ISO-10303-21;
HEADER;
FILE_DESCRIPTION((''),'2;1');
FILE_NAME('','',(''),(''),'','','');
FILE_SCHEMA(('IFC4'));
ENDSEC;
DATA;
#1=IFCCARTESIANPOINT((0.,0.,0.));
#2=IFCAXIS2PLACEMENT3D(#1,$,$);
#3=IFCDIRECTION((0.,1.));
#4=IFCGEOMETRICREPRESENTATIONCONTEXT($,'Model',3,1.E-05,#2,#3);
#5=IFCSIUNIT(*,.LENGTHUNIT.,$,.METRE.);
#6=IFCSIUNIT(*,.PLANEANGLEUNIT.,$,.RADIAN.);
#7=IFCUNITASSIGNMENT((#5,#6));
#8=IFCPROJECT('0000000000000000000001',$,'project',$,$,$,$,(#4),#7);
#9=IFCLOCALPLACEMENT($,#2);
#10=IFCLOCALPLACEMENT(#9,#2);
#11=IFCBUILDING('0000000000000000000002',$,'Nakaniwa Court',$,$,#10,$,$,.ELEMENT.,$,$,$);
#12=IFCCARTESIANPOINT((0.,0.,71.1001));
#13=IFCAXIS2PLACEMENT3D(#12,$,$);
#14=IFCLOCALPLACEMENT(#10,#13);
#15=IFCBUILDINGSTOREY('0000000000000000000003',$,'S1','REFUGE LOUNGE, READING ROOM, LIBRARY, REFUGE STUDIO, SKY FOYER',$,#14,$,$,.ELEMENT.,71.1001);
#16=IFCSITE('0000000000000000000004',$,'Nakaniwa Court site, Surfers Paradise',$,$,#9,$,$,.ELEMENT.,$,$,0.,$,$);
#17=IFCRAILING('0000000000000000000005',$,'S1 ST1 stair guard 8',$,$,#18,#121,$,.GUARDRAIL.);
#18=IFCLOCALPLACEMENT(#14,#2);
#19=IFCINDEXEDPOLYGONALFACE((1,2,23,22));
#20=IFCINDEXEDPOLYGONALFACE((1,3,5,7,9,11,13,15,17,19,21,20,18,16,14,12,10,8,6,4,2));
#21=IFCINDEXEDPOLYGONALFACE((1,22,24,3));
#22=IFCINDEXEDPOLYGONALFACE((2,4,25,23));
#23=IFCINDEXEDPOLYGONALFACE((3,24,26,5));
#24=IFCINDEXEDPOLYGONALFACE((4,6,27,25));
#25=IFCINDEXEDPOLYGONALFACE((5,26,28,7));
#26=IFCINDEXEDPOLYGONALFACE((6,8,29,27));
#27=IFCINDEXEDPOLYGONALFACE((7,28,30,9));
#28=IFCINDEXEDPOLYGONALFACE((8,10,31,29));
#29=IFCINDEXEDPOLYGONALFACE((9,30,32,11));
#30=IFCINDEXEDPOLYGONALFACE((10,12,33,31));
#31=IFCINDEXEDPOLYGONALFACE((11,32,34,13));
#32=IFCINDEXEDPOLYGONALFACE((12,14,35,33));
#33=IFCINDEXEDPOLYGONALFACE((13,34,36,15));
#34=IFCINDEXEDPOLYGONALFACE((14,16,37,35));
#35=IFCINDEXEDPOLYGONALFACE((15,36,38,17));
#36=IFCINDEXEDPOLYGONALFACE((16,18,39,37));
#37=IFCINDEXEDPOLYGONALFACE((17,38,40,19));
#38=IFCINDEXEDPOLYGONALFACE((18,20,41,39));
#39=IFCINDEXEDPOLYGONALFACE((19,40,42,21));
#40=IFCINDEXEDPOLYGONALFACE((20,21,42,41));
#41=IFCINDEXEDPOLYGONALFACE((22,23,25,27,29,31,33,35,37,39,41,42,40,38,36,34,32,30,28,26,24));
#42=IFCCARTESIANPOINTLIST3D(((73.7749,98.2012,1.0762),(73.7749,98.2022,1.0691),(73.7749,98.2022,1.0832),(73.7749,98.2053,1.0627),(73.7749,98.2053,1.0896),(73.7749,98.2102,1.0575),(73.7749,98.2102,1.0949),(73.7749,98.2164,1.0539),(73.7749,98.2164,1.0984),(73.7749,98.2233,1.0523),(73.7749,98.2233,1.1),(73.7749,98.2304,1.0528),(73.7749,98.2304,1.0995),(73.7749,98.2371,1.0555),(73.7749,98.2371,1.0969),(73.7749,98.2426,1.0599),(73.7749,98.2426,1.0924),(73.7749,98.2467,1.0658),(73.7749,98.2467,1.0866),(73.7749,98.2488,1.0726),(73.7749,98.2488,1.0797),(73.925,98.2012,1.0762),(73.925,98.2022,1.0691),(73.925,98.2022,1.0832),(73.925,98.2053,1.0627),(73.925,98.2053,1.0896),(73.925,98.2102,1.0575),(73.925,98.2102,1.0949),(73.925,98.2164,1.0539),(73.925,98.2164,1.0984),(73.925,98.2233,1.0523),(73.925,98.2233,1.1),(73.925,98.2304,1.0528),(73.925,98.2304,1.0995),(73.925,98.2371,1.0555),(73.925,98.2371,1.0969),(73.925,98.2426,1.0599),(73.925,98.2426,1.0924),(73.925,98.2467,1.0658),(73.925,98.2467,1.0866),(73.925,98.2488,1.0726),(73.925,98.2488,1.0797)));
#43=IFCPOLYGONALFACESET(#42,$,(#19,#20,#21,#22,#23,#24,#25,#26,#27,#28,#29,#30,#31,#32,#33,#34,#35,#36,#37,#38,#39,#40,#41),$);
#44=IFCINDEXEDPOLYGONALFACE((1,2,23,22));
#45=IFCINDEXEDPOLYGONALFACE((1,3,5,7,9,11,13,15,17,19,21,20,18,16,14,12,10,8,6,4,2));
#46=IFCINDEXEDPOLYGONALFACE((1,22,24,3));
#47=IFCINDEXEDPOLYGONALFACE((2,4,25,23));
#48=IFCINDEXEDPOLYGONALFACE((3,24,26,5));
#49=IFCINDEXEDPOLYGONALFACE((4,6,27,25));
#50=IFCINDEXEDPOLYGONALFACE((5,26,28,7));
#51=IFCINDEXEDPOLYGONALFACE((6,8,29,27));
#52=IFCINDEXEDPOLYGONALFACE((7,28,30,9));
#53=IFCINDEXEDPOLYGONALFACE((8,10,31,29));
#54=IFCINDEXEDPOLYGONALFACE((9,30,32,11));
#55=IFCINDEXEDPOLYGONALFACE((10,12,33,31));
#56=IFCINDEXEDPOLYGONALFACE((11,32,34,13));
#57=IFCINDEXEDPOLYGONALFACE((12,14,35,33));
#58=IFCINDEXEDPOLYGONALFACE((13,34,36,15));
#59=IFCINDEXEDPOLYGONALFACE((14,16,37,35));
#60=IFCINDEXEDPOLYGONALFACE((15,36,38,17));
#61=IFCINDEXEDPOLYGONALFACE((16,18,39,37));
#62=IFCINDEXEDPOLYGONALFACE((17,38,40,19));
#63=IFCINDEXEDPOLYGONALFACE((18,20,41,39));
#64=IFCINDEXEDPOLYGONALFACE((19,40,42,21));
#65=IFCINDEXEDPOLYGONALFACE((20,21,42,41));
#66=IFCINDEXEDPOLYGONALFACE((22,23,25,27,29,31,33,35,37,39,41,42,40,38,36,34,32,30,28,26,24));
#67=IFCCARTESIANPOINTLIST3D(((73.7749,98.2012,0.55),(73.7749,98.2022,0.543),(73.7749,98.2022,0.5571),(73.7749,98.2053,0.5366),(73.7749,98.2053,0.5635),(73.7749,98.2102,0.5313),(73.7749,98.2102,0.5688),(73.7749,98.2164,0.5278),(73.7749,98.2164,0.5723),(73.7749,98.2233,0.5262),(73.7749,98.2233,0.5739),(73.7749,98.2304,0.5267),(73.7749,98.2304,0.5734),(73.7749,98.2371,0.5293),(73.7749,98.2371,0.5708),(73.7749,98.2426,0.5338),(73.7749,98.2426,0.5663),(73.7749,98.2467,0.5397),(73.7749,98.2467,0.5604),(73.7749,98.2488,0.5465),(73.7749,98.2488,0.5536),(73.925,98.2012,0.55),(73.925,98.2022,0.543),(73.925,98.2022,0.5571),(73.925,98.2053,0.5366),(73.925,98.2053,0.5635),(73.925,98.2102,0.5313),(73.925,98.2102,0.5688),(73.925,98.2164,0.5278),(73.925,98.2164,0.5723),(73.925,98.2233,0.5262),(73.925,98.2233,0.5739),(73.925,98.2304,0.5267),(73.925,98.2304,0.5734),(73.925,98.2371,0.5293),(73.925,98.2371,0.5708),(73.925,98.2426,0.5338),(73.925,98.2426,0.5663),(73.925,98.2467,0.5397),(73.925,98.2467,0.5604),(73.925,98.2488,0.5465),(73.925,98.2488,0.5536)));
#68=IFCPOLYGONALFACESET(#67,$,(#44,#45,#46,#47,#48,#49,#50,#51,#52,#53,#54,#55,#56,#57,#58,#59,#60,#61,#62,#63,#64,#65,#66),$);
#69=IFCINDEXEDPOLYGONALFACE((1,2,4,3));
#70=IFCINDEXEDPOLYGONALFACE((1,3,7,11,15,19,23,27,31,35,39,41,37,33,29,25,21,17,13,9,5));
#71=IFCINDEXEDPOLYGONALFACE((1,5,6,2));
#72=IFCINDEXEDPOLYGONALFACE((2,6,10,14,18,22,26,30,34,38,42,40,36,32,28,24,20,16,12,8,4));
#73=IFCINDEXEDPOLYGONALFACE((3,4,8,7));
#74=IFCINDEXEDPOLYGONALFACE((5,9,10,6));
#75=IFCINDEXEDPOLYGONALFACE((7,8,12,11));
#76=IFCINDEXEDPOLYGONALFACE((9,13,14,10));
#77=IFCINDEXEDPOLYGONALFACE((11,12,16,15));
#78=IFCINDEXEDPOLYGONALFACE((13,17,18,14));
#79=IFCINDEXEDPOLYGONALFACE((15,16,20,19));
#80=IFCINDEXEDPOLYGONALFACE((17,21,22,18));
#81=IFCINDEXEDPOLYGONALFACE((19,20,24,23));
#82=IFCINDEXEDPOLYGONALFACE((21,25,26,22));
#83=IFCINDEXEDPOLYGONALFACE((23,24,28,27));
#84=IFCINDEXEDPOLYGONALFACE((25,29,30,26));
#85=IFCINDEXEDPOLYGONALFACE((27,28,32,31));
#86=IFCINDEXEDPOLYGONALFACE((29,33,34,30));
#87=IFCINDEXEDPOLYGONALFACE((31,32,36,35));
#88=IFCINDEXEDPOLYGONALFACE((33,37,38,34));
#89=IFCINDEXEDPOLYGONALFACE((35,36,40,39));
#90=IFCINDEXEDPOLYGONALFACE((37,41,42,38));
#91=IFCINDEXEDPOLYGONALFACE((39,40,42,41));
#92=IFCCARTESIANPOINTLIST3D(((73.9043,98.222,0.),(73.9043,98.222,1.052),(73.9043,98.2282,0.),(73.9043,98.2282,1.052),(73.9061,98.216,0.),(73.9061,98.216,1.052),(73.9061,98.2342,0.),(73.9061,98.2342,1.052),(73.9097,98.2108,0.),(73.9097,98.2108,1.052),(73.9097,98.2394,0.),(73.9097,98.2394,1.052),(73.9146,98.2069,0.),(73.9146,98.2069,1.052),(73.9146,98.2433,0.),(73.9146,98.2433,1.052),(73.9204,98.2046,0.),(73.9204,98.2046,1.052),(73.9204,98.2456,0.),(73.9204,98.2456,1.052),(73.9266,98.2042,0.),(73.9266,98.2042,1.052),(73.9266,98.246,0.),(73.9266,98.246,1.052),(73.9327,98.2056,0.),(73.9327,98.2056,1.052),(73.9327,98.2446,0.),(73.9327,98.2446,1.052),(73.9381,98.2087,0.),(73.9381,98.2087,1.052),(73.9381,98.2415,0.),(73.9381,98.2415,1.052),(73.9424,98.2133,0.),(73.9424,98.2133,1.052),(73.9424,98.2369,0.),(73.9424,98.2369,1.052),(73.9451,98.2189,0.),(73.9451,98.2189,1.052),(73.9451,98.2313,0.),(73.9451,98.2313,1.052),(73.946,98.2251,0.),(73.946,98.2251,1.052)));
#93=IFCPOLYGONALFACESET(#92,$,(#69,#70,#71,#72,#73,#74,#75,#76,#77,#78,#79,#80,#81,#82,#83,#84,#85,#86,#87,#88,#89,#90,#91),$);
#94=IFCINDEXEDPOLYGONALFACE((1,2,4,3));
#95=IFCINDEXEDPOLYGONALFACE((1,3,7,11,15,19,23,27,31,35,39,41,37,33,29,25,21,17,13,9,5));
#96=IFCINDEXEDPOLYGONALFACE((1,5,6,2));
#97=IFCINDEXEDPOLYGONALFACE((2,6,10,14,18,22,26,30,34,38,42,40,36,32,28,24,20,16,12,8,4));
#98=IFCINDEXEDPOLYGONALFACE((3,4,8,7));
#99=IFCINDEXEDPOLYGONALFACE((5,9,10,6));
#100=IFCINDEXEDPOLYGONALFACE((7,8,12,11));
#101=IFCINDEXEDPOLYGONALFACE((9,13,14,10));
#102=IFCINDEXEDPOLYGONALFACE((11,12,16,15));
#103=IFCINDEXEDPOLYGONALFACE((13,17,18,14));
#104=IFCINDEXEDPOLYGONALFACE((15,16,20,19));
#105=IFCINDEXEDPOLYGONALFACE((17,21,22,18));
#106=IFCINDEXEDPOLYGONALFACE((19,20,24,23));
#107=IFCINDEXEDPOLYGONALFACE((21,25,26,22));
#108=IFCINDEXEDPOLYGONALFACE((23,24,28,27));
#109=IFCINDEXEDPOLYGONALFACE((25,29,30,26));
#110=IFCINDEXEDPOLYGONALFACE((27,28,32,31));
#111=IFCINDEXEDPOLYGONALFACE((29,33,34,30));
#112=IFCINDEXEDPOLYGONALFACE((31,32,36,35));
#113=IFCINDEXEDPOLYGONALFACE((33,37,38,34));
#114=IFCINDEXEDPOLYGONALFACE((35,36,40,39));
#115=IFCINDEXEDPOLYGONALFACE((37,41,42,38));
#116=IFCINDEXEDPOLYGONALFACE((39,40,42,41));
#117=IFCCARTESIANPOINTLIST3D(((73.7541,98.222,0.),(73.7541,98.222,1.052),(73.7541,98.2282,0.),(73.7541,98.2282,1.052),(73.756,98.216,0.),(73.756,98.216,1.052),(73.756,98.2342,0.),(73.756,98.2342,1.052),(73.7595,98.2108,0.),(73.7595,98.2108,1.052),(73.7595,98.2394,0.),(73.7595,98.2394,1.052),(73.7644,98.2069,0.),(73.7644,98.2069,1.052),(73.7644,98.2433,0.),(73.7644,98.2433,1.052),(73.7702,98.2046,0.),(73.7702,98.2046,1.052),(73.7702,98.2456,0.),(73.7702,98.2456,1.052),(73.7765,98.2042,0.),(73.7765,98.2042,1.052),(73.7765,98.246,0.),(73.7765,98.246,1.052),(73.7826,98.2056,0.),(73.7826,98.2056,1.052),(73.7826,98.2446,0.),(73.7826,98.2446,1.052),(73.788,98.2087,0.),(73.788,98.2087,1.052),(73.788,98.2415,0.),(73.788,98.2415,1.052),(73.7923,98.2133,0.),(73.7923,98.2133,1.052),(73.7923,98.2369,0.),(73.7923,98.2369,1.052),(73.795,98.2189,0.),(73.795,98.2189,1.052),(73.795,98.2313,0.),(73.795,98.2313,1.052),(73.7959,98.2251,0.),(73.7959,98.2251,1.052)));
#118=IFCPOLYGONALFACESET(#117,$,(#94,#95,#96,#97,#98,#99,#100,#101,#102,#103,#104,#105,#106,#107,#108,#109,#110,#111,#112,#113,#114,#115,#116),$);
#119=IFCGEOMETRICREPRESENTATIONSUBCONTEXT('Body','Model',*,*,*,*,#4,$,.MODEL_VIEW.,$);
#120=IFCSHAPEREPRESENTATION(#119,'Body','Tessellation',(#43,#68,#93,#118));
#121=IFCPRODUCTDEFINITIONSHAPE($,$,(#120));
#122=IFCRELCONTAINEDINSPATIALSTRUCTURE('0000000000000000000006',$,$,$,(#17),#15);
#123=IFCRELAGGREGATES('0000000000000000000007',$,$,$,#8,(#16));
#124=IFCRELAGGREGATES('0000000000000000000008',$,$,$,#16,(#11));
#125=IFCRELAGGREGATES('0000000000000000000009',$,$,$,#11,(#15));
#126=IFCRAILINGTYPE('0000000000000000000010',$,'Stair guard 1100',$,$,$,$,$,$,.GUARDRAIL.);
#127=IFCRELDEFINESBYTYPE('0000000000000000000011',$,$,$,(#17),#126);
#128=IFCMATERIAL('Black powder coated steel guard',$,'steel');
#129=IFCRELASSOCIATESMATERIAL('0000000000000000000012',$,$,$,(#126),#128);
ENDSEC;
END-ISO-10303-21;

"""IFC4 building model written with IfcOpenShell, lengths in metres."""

from ifc_helpers import new_model, si_unit, direction, frame, origin, origin_2d, place, context, subcontext, project, spatial, circle, extrude, material, type_object, element, save


model = new_model("IFC4")

# Units and contexts
model_context = context("Model", 3, precision=1e-05, world=origin(), true_north=direction((0.0, 1.0)))
body_context = subcontext(model_context, "Body", "Model", "MODEL_VIEW")
ifc_project = project(units=[si_unit("LENGTHUNIT", "METRE"), si_unit("PLANEANGLEUNIT", "RADIAN")], contexts=[model_context])

# Site, building, storey
site_placement = place(None, origin())
site = spatial("IfcSite", under=ifc_project, at=site_placement, Name="Nakaniwa Court site, Surfers Paradise", CompositionType="ELEMENT", RefElevation=0.0)
building_placement = place(site_placement, origin())
building = spatial("IfcBuilding", under=site, at=building_placement, Name="Nakaniwa Court", CompositionType="ELEMENT")
storey_placement = place(building_placement, frame((0.0, 0.0, 71.1001)))
storey = spatial("IfcBuildingStorey", under=building, at=storey_placement, Name="S1", Description="REFUGE LOUNGE, READING ROOM, LIBRARY, REFUGE STUDIO, SKY FOYER", CompositionType="ELEMENT", Elevation=71.1001)

# Railing
ifc_material_1 = material(Name="Black powder coated steel guard", Category="steel")
railing_type = type_object("IfcRailingType", Name="Stair guard 1100", PredefinedType="GUARDRAIL", material=ifc_material_1)
railing_1_placement = place(storey_placement, frame((73.925, 98.2251, 0.0)))
element("IfcRailing", 1, at=railing_1_placement, inside=storey, type_object=railing_type, Name="S1 ST1 stair guard 8", PredefinedType="GUARDRAIL", context=body_context, shape_type="SweptSolid", body=[
    extrude(circle(Radius=0.0239, at=origin_2d()), frame((0.0, 0.0, 1.0762), z_axis=(-1.0, 0.0, 0.0), x_axis=(0.0, -1.0, 0.0)), (0.0, 0.0, 1.0), 0.1501),
    extrude(circle(Radius=0.0239, at=origin_2d()), frame((0.0, 0.0, 0.55), z_axis=(-1.0, 0.0, 0.0), x_axis=(0.0, -1.0, 0.0)), (0.0, 0.0, 1.0), 0.1501),
    extrude(circle(Radius=0.021, at=origin_2d()), origin(), (0.0, 0.0, 1.0), 1.052),
    extrude(circle(Radius=0.021, at=origin_2d()), frame((-0.1501, 0.0, 0.0)), (0.0, 0.0, 1.0), 1.052),
])

save(model, "model.ifc")
